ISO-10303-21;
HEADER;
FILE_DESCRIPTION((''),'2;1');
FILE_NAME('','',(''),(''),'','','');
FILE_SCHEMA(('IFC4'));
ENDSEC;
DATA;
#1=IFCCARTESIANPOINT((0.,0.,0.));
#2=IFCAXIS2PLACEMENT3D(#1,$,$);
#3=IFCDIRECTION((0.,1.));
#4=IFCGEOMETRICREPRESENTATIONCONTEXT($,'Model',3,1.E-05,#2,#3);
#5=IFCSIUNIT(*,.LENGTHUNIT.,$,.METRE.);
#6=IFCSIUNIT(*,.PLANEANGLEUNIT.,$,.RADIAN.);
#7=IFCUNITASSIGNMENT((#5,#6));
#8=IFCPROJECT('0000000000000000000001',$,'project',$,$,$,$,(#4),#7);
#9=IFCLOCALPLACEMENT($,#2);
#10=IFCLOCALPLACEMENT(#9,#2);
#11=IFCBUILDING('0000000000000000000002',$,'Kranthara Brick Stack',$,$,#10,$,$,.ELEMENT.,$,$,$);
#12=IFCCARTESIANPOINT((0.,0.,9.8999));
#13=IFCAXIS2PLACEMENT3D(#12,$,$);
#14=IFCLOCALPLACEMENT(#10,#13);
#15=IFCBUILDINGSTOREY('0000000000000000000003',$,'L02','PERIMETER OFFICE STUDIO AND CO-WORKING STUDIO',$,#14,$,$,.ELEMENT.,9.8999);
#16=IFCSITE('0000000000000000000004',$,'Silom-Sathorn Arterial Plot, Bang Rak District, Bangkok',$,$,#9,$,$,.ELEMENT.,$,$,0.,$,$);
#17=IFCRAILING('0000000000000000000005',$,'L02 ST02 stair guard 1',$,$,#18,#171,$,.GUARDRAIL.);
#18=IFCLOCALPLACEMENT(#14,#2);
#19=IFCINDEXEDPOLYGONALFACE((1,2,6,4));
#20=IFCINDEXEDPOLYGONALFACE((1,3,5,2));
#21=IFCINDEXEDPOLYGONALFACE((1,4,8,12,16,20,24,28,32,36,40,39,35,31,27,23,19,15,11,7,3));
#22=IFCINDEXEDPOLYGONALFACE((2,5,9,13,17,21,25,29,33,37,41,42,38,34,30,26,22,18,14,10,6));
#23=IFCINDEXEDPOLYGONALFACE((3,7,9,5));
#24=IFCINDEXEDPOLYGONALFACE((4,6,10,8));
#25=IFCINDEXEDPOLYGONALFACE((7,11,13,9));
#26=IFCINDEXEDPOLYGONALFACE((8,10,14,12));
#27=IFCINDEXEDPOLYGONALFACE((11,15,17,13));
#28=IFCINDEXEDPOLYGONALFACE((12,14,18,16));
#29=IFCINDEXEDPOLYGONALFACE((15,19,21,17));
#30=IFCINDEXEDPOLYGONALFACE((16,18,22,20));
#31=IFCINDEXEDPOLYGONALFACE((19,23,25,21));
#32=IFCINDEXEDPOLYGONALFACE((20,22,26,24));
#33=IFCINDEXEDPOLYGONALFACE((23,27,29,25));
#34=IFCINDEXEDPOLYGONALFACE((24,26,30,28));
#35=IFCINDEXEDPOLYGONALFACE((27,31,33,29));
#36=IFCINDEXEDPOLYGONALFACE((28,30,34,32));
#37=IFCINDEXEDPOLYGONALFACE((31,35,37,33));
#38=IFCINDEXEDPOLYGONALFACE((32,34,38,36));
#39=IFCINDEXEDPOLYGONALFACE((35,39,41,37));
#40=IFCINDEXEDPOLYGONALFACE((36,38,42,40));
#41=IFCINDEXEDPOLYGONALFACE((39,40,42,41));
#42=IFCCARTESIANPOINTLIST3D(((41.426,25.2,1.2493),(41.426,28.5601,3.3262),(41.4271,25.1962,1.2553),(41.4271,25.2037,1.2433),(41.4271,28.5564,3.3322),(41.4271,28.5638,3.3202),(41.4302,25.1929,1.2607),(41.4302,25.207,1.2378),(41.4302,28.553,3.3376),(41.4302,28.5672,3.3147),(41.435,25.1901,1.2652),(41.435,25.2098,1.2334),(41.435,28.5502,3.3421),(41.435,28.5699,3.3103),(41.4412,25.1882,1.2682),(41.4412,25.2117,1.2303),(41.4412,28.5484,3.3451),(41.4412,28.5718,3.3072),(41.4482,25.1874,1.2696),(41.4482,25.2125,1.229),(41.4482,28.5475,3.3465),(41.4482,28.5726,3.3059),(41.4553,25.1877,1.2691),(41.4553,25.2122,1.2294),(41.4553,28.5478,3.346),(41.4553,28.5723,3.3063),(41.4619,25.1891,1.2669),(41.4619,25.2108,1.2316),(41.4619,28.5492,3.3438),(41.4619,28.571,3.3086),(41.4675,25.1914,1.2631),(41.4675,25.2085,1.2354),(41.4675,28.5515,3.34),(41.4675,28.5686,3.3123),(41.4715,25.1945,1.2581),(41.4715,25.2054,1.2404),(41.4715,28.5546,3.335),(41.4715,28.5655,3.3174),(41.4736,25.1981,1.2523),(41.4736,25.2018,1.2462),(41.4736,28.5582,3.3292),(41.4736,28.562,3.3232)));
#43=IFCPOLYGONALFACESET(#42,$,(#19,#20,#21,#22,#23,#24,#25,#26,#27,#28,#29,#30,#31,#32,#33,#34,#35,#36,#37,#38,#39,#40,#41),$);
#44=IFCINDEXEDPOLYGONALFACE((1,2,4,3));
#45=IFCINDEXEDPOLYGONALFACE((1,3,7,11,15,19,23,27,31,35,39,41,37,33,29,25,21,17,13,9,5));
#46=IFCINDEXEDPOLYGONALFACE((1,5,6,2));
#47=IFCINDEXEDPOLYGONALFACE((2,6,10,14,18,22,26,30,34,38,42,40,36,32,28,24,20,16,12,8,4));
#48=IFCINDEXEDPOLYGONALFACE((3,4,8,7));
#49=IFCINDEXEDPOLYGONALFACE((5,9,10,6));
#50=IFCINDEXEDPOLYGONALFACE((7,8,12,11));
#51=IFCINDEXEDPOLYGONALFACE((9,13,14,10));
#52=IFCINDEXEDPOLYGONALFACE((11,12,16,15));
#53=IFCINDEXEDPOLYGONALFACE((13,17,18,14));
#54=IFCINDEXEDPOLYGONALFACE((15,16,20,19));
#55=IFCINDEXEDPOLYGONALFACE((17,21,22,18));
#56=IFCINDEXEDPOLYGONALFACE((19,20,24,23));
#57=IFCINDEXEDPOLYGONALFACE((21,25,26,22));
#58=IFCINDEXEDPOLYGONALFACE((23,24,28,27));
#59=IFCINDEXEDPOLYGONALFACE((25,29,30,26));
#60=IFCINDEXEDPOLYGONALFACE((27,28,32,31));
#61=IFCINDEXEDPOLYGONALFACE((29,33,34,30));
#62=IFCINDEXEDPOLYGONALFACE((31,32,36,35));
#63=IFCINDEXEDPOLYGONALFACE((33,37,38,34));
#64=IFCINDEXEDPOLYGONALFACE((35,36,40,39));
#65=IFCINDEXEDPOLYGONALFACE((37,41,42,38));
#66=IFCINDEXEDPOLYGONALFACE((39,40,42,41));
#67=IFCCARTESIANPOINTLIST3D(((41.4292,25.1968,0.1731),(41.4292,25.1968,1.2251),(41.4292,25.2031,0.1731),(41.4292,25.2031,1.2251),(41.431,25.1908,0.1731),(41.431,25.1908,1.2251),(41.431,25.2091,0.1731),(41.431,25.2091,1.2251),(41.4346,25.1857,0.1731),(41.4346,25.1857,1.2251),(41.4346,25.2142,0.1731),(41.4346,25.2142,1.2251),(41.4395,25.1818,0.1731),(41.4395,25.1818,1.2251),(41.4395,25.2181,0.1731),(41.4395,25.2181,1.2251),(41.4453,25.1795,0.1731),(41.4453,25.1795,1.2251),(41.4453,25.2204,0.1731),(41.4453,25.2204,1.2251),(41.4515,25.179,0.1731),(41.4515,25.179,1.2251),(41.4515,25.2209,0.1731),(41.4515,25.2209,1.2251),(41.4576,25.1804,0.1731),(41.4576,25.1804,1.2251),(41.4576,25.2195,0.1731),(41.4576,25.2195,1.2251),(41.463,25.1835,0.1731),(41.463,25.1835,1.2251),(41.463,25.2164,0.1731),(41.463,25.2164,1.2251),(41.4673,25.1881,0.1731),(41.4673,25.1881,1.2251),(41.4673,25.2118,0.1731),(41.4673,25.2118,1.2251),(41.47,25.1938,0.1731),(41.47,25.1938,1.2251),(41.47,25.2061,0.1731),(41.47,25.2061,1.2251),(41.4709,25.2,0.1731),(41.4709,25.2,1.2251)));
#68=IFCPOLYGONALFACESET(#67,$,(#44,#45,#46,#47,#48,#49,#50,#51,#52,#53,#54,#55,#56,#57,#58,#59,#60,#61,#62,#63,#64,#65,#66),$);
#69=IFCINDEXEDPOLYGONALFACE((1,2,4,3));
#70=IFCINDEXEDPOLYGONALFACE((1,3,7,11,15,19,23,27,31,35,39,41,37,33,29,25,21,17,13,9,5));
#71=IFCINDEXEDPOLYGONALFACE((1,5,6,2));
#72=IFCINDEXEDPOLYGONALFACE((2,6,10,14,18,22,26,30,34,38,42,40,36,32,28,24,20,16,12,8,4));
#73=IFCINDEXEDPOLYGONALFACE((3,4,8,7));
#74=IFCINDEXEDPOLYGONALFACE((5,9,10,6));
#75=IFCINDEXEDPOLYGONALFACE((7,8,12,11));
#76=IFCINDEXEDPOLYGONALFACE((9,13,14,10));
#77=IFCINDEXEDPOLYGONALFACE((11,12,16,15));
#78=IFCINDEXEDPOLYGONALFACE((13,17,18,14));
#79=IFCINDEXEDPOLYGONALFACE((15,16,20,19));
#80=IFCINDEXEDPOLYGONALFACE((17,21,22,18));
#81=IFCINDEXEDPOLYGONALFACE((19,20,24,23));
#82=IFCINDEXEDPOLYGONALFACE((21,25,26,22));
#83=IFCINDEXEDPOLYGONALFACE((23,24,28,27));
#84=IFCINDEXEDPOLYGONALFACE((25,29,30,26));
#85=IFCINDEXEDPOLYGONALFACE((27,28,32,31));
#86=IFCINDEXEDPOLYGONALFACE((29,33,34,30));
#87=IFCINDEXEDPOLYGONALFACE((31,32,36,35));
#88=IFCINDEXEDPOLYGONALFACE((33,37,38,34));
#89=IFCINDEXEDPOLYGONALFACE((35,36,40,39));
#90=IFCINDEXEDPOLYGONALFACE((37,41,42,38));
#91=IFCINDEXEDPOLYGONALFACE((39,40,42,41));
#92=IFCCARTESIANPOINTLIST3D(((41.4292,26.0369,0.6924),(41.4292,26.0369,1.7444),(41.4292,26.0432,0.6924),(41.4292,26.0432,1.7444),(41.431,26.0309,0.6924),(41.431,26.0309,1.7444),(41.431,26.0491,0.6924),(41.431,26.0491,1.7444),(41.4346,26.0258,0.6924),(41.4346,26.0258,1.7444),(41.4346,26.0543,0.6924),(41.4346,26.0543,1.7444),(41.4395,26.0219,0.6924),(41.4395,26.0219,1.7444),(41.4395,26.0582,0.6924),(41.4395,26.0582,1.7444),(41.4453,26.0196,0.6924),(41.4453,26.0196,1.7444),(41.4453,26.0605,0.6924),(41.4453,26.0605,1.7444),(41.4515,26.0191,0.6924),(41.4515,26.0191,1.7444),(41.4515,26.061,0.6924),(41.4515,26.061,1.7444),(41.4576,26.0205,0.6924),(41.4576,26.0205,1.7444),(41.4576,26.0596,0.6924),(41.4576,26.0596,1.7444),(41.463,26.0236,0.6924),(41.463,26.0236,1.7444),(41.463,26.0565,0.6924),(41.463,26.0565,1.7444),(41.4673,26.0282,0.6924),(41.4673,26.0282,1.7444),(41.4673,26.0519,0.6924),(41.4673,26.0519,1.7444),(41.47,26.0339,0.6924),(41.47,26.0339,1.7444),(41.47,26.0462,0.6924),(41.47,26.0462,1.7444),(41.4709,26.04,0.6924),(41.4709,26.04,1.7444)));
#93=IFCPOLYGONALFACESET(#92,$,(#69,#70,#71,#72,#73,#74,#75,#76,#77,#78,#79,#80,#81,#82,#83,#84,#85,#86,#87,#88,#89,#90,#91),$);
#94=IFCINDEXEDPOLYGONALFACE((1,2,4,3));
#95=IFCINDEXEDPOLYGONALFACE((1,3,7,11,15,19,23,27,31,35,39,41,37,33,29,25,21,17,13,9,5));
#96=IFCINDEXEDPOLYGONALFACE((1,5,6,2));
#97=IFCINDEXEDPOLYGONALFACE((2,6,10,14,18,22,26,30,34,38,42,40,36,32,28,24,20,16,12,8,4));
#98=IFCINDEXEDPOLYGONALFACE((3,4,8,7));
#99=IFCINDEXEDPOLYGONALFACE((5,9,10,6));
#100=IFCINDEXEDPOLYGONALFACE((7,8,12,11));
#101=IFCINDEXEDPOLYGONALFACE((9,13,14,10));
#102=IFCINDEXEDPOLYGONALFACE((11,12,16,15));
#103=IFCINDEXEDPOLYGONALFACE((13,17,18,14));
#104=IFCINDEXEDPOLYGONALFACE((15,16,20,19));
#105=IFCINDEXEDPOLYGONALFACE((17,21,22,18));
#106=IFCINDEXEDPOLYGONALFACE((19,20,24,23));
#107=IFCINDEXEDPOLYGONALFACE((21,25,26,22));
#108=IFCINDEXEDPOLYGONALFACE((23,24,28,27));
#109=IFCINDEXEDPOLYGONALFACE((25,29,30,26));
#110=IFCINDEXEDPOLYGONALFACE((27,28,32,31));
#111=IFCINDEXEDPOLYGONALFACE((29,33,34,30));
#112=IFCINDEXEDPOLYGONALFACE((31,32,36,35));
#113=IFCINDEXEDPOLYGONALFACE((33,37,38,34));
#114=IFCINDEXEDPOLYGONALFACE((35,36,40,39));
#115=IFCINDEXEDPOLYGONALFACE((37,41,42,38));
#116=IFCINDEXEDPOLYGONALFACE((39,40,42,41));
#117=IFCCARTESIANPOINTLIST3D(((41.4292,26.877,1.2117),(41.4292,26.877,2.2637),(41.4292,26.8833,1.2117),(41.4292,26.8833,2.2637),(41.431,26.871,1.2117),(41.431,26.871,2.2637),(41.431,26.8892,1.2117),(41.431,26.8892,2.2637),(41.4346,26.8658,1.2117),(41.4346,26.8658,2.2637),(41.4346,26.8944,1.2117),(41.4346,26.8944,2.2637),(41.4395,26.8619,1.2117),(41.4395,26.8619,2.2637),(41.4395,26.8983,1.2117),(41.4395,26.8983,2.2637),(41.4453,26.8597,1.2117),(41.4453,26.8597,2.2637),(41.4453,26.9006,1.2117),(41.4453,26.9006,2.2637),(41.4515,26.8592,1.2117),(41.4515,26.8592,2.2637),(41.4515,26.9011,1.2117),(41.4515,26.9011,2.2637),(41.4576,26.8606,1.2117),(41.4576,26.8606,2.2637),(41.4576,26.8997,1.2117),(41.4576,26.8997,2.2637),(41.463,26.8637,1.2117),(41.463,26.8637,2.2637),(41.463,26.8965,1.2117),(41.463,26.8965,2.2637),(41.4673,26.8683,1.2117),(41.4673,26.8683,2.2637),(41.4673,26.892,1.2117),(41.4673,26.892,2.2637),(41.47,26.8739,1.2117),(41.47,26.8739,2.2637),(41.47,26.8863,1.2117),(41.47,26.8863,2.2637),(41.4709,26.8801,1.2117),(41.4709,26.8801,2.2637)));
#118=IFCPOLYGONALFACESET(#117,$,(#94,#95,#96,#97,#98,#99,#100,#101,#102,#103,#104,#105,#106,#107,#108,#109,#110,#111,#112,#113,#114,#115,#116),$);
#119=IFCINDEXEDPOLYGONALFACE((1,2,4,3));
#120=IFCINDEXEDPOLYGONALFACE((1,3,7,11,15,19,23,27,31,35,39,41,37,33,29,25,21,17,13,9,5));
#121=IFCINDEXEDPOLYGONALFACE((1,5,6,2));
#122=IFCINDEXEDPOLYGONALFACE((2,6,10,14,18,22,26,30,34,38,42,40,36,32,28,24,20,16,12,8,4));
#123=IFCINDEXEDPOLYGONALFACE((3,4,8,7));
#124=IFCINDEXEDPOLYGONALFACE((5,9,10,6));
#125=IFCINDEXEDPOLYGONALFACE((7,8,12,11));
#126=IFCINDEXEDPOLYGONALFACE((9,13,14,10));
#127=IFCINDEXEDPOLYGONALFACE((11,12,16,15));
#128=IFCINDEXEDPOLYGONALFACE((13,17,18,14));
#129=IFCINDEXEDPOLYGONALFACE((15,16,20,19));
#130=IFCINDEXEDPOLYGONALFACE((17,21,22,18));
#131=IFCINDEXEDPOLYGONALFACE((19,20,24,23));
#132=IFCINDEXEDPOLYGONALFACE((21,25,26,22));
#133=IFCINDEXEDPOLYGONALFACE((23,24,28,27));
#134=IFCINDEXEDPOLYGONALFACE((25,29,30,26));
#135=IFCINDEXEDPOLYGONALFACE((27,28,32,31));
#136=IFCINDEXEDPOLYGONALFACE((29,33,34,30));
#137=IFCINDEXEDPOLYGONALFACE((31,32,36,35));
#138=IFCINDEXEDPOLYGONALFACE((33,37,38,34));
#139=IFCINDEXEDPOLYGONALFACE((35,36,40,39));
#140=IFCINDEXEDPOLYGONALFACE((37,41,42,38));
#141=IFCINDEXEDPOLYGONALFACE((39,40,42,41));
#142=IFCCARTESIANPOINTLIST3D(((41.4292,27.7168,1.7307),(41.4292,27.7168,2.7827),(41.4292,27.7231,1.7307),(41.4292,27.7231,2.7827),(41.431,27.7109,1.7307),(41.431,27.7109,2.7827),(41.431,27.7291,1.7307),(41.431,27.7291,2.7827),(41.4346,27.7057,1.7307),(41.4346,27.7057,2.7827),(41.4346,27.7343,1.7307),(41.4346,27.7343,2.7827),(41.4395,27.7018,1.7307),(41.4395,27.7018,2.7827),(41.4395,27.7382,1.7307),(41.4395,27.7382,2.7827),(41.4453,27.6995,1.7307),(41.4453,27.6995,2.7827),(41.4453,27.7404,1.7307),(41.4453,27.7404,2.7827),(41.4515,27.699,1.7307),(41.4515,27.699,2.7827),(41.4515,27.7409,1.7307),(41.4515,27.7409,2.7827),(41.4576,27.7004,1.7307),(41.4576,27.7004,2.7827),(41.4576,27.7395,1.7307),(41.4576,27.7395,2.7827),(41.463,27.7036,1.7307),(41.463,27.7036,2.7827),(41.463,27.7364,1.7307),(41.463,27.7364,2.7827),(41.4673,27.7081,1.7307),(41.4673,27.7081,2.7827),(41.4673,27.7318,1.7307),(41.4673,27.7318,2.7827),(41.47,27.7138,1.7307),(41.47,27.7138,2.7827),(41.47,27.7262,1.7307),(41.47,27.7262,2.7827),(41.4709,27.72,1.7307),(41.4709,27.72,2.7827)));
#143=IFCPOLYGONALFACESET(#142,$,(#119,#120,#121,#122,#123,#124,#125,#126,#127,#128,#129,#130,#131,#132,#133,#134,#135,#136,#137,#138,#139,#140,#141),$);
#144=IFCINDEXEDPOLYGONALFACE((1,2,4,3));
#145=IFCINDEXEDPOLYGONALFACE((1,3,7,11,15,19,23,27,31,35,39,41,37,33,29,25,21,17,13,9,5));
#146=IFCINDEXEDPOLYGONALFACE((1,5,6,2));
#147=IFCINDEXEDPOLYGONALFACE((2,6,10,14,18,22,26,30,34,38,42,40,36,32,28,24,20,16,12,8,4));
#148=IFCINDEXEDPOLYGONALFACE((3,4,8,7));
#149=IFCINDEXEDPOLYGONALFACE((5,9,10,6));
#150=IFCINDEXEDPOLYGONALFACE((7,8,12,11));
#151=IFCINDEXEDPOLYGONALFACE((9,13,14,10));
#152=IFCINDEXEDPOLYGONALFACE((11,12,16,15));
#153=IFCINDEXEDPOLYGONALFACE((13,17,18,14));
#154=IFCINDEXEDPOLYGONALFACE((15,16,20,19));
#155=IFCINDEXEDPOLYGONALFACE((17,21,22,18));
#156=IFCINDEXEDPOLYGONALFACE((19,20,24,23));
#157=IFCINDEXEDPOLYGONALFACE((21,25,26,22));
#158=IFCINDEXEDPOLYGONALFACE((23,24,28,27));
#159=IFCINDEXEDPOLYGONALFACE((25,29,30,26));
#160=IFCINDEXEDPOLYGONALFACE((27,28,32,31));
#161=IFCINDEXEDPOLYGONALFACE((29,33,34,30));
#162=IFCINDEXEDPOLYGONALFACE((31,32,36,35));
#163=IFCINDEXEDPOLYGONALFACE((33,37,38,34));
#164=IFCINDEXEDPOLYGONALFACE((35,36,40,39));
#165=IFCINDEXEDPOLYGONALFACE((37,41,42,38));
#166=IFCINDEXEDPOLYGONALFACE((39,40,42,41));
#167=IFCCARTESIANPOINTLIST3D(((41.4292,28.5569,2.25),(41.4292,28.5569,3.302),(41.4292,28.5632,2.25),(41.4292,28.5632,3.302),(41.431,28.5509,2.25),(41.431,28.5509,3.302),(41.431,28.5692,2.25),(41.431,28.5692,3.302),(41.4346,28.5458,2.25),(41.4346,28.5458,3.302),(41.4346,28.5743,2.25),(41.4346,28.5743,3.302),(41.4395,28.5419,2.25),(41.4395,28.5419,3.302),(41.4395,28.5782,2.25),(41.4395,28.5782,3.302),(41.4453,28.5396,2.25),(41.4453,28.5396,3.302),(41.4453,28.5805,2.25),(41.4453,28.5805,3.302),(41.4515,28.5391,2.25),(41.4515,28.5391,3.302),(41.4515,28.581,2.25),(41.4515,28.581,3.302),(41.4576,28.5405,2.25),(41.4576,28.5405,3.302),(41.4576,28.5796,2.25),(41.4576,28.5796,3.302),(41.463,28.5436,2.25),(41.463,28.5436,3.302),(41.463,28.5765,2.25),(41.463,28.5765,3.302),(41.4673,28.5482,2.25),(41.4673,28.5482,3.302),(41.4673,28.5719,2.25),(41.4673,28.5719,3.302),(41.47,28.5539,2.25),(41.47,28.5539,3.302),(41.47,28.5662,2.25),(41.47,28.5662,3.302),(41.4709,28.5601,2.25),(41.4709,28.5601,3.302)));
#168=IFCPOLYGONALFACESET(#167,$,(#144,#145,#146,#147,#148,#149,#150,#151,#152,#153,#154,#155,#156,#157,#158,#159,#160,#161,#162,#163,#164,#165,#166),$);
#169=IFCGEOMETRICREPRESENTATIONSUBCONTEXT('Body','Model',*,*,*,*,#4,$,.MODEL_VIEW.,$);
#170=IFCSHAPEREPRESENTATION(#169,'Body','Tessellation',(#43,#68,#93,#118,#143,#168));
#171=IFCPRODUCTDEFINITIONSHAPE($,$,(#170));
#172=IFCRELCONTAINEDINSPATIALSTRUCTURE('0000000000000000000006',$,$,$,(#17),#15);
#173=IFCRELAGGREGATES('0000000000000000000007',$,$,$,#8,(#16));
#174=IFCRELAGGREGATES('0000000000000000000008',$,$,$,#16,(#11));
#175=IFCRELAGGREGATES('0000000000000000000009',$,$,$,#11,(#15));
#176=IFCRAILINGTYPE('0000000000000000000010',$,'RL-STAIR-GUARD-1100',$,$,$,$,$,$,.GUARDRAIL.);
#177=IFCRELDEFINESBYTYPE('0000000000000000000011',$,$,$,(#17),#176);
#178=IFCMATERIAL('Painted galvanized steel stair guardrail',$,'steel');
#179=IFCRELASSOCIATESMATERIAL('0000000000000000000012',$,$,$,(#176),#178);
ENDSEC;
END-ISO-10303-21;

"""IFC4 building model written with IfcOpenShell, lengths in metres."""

from ifc_helpers import new_model, si_unit, direction, frame, origin, origin_2d, place, context, subcontext, project, spatial, circle, extrude, material, type_object, element, save


model = new_model("IFC4")

# Units and contexts
model_context = context("Model", 3, precision=1e-05, world=origin(), true_north=direction((0.0, 1.0)))
body_context = subcontext(model_context, "Body", "Model", "MODEL_VIEW")
ifc_project = project(units=[si_unit("LENGTHUNIT", "METRE"), si_unit("PLANEANGLEUNIT", "RADIAN")], contexts=[model_context])

# Site, building, storey
site_placement = place(None, origin())
site = spatial("IfcSite", under=ifc_project, at=site_placement, Name="Silom-Sathorn Arterial Plot, Bang Rak District, Bangkok", CompositionType="ELEMENT", RefElevation=0.0)
building_placement = place(site_placement, origin())
building = spatial("IfcBuilding", under=site, at=building_placement, Name="Kranthara Brick Stack", CompositionType="ELEMENT")
storey_placement = place(building_placement, frame((0.0, 0.0, 9.8999)))
storey = spatial("IfcBuildingStorey", under=building, at=storey_placement, Name="L02", Description="PERIMETER OFFICE STUDIO AND CO-WORKING STUDIO", CompositionType="ELEMENT", Elevation=9.8999)

# Railing
ifc_material_1 = material(Name="Painted galvanized steel stair guardrail", Category="steel")
railing_type_1 = type_object("IfcRailingType", Name="RL-STAIR-GUARD-1100", PredefinedType="GUARDRAIL", material=ifc_material_1)
railing_1_placement = place(storey_placement, frame((41.45, 25.2, 0.1731)))
element("IfcRailing", 1, at=railing_1_placement, inside=storey, type_object=railing_type_1, Name="L02 ST02 stair guard 1", PredefinedType="GUARDRAIL", context=body_context, shape_type="SweptSolid", body=[
    extrude(circle(Radius=0.0239, at=origin_2d()), frame((0.0, 0.0, 1.0762), z_axis=(0.0, 0.850623, 0.525776), x_axis=(-1.0, 0.0, 0.0)), (0.0, 0.0, 1.0), 3.9502),
    extrude(circle(Radius=0.021, at=origin_2d()), origin(), (0.0, 0.0, 1.0), 1.052),
    extrude(circle(Radius=0.021, at=origin_2d()), frame((0.0, 0.8401, 0.5193)), (0.0, 0.0, 1.0), 1.052),
    extrude(circle(Radius=0.021, at=origin_2d()), frame((0.0, 1.6802, 1.0386)), (0.0, 0.0, 1.0), 1.052),
    extrude(circle(Radius=0.021, at=origin_2d()), frame((0.0, 2.52, 1.5576)), (0.0, 0.0, 1.0), 1.052),
    extrude(circle(Radius=0.021, at=origin_2d()), frame((0.0, 3.3601, 2.0769)), (0.0, 0.0, 1.0), 1.052),
])

save(model, "model.ifc")
